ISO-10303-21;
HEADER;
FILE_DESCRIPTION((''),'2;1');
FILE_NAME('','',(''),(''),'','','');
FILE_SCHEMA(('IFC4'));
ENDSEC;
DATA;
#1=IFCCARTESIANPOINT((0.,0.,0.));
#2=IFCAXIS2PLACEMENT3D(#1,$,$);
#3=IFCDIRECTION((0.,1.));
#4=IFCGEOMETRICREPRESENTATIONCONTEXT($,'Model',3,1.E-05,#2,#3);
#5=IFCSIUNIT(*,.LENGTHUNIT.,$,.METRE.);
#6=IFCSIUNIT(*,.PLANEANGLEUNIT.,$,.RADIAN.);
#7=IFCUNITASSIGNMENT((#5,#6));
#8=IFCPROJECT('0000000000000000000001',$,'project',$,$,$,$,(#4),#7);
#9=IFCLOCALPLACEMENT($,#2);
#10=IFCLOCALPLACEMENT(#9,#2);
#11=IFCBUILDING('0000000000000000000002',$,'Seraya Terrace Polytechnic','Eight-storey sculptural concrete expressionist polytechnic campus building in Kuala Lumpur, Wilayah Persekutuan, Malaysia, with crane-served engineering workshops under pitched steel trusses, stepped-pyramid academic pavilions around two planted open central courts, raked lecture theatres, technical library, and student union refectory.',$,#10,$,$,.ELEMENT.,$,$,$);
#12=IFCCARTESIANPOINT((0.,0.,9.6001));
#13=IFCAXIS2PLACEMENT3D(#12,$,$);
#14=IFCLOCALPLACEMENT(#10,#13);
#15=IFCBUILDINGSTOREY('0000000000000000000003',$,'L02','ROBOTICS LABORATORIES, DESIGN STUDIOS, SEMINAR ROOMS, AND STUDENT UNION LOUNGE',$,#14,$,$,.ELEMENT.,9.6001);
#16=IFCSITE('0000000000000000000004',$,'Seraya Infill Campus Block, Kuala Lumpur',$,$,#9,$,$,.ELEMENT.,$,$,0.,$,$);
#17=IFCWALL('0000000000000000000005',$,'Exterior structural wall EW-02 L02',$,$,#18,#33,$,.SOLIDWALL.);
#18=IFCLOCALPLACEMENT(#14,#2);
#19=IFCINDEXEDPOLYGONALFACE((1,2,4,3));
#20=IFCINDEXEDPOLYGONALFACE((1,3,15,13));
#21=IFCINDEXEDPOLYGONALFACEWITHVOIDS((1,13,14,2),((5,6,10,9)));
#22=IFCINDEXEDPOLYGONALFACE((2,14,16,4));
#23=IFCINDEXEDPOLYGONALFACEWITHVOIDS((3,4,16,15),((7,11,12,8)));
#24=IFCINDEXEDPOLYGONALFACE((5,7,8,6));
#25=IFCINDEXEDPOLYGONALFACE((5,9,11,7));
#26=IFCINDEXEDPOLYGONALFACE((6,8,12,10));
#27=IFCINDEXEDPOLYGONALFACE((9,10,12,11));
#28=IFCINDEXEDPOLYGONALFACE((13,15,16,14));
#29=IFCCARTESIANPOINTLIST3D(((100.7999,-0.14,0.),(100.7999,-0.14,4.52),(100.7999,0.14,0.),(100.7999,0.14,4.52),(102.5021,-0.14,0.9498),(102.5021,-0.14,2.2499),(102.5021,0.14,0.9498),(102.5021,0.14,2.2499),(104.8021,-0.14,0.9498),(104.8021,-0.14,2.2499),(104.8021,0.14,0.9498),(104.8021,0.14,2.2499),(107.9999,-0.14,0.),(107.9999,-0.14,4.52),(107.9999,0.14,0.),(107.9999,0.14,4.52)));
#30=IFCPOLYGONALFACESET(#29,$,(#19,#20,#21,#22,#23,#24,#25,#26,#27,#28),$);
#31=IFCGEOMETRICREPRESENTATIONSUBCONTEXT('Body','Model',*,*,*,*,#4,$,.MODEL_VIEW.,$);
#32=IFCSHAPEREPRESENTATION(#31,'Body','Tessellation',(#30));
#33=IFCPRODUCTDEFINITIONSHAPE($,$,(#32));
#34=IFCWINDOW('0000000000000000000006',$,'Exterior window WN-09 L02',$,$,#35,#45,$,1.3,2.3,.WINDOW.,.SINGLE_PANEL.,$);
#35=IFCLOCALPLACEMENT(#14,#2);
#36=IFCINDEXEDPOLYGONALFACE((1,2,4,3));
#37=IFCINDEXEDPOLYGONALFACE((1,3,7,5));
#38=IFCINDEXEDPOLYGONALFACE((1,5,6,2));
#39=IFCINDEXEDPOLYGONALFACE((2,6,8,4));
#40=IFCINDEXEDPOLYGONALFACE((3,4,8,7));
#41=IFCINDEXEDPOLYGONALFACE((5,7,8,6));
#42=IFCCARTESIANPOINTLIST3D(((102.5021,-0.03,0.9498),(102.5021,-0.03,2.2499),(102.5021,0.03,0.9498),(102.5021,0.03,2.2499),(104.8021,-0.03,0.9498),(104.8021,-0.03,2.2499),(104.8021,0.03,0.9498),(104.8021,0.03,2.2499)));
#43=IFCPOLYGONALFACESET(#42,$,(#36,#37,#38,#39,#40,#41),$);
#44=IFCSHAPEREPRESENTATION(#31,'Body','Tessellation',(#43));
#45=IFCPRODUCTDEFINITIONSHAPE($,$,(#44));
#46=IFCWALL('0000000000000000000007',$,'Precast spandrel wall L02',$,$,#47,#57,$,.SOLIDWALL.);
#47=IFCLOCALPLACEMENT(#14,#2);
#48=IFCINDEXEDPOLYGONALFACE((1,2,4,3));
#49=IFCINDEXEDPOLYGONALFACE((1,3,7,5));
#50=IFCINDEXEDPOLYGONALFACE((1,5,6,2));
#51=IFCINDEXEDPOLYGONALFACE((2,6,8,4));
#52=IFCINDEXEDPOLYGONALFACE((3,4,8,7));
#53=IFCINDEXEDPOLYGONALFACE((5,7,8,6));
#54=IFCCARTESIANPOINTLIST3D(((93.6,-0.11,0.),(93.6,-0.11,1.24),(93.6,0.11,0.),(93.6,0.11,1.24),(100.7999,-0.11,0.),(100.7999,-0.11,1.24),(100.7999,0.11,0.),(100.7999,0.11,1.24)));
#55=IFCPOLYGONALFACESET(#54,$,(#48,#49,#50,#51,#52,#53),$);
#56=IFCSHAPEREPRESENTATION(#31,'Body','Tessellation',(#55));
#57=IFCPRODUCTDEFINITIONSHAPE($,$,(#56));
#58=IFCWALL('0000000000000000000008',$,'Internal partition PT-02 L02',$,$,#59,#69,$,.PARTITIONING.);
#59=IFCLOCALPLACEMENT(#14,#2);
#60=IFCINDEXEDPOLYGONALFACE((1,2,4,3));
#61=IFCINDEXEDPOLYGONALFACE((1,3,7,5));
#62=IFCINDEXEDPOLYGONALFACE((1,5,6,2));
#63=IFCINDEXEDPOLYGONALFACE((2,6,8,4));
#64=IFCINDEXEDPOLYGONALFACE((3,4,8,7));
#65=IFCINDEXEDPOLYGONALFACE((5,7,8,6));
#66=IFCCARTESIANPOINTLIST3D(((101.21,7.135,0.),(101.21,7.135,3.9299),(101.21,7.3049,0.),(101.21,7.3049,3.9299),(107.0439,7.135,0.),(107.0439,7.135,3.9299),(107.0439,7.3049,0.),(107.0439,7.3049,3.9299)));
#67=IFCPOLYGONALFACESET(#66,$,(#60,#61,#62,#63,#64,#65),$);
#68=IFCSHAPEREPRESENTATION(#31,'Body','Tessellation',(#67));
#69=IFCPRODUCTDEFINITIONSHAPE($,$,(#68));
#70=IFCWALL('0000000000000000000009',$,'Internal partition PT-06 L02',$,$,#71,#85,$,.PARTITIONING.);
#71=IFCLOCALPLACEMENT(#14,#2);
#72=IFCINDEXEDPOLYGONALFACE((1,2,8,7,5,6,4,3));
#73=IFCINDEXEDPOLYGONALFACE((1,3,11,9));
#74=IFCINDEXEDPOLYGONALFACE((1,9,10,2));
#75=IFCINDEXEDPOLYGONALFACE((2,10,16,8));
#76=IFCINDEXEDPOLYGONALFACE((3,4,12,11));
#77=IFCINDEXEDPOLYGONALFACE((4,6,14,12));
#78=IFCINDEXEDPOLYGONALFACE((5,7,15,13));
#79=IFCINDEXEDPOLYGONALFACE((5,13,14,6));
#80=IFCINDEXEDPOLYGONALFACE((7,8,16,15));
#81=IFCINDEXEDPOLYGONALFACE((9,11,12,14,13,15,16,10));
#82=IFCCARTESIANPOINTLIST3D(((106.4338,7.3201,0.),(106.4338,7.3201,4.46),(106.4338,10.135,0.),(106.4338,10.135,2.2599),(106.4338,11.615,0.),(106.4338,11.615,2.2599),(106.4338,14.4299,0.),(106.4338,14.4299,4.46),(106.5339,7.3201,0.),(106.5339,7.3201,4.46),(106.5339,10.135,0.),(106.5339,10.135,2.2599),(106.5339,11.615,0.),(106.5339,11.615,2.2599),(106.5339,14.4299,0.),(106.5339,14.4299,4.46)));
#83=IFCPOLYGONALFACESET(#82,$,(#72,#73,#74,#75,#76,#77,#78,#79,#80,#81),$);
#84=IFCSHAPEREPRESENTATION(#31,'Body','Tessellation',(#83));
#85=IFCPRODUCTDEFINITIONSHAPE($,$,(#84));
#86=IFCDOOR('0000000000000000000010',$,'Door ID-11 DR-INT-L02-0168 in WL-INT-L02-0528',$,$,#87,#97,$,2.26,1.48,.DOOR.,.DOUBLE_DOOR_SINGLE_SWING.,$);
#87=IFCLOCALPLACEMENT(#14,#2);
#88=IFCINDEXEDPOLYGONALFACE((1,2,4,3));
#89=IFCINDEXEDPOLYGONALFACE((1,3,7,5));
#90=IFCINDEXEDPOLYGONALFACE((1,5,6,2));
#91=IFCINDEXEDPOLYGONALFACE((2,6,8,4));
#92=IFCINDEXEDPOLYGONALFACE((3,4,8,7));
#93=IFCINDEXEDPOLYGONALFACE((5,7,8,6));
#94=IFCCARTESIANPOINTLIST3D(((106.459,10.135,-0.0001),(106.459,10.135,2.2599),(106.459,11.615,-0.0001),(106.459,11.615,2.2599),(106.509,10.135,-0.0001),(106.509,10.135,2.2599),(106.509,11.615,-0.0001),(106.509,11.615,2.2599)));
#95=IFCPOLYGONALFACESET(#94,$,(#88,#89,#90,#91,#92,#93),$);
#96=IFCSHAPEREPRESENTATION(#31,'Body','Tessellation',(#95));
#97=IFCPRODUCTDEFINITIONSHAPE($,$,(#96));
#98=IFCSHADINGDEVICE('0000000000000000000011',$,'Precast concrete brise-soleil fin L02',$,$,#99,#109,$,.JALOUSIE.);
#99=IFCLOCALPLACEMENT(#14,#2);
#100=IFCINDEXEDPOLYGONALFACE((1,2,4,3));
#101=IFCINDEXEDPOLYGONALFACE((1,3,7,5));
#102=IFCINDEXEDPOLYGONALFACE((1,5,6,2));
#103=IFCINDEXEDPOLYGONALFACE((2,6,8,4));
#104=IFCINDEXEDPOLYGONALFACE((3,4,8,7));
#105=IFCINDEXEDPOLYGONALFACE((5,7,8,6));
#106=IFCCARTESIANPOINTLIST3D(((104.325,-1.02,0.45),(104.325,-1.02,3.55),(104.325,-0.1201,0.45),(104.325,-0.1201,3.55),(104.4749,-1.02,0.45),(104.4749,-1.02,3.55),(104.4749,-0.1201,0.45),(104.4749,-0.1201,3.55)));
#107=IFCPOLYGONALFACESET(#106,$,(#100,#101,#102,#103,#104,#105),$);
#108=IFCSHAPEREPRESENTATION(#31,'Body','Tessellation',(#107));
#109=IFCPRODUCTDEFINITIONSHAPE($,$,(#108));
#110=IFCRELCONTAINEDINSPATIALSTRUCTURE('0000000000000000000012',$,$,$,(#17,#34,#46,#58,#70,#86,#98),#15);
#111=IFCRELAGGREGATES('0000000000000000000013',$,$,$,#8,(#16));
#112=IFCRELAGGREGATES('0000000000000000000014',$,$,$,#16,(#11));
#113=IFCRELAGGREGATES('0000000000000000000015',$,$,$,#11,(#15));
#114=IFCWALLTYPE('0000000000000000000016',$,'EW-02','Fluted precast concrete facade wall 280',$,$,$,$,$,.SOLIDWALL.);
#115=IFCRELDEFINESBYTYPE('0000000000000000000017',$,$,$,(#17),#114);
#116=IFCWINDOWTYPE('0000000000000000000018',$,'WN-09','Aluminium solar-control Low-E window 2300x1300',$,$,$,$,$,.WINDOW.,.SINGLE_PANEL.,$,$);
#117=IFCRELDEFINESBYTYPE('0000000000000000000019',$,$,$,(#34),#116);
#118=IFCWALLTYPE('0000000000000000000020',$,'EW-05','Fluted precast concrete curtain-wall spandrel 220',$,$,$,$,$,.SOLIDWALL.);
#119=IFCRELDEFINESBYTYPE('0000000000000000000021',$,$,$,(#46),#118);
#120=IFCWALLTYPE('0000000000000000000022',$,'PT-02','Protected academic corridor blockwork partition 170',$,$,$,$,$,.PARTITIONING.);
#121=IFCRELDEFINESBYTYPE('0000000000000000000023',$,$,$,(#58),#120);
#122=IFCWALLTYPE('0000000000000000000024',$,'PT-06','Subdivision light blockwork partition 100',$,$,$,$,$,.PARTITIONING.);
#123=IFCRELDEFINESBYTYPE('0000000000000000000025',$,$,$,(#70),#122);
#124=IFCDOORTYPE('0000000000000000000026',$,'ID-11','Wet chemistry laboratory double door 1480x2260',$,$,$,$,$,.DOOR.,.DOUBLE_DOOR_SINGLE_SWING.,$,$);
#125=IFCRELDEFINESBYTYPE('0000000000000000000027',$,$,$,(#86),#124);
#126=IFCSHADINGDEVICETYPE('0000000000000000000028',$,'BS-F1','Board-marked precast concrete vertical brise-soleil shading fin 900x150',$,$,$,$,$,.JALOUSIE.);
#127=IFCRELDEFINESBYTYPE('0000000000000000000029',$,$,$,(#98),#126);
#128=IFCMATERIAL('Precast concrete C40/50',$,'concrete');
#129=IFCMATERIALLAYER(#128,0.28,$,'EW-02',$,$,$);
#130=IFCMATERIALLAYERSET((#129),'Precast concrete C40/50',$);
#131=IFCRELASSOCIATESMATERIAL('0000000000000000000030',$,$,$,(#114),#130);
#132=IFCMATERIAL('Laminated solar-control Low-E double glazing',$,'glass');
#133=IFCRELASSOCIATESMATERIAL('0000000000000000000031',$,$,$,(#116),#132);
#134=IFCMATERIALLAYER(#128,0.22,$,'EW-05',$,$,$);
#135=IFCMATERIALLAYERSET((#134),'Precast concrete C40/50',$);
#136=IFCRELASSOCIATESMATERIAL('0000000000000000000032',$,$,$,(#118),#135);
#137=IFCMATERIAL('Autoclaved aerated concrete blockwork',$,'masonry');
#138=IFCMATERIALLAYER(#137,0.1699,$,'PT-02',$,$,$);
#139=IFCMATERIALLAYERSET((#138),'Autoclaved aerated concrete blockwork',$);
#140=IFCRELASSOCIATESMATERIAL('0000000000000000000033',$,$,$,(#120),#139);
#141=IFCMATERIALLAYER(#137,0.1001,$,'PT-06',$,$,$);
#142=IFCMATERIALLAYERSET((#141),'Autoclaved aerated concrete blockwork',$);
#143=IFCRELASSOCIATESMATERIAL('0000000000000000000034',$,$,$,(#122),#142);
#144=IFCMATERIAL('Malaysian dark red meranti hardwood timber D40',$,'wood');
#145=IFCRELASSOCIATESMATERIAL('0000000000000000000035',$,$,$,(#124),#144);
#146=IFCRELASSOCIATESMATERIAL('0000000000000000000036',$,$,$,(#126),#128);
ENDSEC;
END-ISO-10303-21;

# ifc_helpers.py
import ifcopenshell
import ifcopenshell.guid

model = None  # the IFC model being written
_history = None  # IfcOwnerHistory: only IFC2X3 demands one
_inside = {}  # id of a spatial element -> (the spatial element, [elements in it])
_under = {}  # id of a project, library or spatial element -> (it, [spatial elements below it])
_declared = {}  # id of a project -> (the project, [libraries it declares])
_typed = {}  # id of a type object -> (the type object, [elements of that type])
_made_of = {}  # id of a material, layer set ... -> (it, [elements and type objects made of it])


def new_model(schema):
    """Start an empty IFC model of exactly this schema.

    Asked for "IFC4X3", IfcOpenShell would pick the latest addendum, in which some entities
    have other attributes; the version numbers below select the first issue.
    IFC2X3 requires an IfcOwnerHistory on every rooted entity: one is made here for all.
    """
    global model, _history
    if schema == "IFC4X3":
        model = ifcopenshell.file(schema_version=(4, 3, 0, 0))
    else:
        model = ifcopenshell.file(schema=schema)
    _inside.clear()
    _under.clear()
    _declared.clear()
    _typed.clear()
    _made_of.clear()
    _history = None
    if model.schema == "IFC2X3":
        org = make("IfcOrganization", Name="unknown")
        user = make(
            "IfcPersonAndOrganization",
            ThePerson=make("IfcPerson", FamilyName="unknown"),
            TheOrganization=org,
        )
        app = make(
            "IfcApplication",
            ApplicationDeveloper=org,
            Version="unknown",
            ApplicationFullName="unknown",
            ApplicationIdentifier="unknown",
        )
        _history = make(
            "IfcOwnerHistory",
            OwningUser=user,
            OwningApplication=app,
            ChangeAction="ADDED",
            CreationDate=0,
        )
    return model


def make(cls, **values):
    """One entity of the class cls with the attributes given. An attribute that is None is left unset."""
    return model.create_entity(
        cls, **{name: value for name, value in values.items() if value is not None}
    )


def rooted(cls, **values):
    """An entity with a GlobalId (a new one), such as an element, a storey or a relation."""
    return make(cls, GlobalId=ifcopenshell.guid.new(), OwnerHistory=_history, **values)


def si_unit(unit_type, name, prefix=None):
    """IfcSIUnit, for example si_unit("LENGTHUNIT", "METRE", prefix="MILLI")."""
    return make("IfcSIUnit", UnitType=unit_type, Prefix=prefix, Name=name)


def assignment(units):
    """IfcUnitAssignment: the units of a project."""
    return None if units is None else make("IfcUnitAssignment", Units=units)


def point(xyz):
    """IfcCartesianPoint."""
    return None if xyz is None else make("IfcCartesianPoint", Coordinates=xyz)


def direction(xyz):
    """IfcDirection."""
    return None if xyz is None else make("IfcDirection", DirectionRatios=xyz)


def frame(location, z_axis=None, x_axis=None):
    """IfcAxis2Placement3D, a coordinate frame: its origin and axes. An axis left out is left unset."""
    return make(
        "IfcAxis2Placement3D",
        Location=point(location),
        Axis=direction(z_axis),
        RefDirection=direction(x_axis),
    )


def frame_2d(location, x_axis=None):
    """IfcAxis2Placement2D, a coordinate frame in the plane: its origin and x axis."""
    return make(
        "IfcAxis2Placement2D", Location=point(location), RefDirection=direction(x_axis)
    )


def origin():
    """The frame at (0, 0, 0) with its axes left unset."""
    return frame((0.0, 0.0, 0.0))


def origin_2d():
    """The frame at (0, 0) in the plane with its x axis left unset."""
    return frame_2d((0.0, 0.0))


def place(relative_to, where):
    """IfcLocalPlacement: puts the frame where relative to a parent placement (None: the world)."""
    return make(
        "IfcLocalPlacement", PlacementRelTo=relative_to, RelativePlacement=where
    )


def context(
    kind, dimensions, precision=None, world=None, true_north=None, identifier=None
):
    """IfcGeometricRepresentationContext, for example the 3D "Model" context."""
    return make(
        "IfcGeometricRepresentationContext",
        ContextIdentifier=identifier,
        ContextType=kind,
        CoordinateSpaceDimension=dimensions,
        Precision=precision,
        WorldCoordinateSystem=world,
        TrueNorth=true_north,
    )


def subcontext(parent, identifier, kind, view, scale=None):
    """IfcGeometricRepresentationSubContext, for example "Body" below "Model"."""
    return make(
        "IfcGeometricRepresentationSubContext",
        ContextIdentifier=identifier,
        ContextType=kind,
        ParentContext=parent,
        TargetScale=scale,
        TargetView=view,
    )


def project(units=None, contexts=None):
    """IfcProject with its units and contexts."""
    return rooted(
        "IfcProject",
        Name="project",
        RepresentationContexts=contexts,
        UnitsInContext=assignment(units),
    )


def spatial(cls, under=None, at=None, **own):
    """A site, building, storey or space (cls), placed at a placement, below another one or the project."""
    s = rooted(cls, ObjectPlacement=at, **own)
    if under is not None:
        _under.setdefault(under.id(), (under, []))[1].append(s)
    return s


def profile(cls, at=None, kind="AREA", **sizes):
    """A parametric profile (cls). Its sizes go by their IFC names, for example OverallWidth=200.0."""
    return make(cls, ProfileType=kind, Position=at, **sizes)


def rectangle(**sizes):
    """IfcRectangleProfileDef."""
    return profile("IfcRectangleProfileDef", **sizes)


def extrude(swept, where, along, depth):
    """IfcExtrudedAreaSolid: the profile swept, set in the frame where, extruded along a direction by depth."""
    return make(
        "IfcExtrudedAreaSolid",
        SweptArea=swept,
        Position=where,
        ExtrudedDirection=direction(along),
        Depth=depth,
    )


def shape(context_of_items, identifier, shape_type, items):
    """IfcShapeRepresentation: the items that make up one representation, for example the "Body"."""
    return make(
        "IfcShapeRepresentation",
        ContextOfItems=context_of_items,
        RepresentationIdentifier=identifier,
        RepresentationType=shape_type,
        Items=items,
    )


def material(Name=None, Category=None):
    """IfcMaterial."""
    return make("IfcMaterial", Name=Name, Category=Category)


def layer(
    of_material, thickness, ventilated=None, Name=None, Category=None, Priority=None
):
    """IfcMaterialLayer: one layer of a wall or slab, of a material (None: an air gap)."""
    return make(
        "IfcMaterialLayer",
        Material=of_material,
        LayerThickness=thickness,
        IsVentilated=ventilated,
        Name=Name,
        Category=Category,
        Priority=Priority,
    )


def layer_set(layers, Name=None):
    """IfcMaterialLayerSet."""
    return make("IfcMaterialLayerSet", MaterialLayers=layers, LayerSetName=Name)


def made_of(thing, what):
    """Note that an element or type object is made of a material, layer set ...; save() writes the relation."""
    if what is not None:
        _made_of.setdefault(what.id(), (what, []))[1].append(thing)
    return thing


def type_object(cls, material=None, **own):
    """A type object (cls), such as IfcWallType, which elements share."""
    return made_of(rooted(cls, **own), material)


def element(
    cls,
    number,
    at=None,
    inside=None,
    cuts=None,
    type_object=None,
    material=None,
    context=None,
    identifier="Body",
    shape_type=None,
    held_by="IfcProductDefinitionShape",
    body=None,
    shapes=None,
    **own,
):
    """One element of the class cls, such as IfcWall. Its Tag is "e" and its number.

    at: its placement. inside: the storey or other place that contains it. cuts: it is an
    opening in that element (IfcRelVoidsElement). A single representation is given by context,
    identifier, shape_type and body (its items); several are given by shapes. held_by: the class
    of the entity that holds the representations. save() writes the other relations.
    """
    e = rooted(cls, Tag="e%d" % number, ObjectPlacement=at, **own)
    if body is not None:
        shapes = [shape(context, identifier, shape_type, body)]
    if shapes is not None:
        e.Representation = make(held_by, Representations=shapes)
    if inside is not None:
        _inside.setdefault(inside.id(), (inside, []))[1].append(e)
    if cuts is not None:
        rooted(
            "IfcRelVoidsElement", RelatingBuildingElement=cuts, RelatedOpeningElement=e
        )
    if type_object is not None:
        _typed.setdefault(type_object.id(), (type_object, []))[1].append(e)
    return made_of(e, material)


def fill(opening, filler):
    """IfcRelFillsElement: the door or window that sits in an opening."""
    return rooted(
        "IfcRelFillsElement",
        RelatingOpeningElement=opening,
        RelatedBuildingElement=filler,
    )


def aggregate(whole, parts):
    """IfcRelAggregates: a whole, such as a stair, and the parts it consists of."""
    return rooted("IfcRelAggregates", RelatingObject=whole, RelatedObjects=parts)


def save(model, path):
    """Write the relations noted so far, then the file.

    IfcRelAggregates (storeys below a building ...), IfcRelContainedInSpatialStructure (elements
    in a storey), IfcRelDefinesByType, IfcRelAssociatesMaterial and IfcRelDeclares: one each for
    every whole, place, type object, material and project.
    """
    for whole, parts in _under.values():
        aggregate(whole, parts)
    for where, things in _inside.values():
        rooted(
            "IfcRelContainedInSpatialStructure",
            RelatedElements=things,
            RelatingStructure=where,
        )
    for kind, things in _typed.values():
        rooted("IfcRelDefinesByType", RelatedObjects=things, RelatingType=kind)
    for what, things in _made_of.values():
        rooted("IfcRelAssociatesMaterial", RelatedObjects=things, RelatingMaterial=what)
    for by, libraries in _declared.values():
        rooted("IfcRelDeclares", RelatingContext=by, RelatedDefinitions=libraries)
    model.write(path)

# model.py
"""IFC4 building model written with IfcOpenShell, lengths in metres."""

from ifc_helpers import new_model, si_unit, direction, frame, frame_2d, origin, origin_2d, place, context, subcontext, project, spatial, rectangle, extrude, material, layer, layer_set, type_object, element, fill, save


model = new_model("IFC4")

# Units and contexts
model_context = context("Model", 3, precision=1e-05, world=origin(), true_north=direction((0.0, 1.0)))
body_context = subcontext(model_context, "Body", "Model", "MODEL_VIEW")
ifc_project = project(units=[si_unit("LENGTHUNIT", "METRE"), si_unit("PLANEANGLEUNIT", "RADIAN")], contexts=[model_context])

# Site, building, storey
site_placement = place(None, origin())
site = spatial("IfcSite", under=ifc_project, at=site_placement, Name="Seraya Infill Campus Block, Kuala Lumpur", CompositionType="ELEMENT", RefElevation=0.0)
building_placement = place(site_placement, origin())
building = spatial("IfcBuilding", under=site, at=building_placement, Name="Seraya Terrace Polytechnic", Description="Eight-storey sculptural concrete expressionist polytechnic campus building in Kuala Lumpur, Wilayah Persekutuan, Malaysia, with crane-served engineering workshops under pitched steel trusses, stepped-pyramid academic pavilions around two planted open central courts, raked lecture theatres, technical library, and student union refectory.", CompositionType="ELEMENT")
storey_placement = place(building_placement, frame((0.0, 0.0, 9.6001)))
storey = spatial("IfcBuildingStorey", under=building, at=storey_placement, Name="L02", Description="ROBOTICS LABORATORIES, DESIGN STUDIOS, SEMINAR ROOMS, AND STUDENT UNION LOUNGE", CompositionType="ELEMENT", Elevation=9.6001)

# Shared definitions
ifc_material_1 = material(Name="Laminated solar-control Low-E double glazing", Category="glass")

# Wall, opening, window
ifc_material_2 = material(Name="Precast concrete C40/50", Category="concrete")
ifc_layer_1 = layer(ifc_material_2, 0.28, Name="EW-02")
ifc_layer_set_1 = layer_set([ifc_layer_1], Name="Precast concrete C40/50")
wall_type_1 = type_object("IfcWallType", Name="EW-02", Description="Fluted precast concrete facade wall 280", PredefinedType="SOLIDWALL", material=ifc_layer_set_1)
wall_1_placement = place(storey_placement, frame((108.0, 0.0, 0.0), z_axis=(0.0, 0.0, 1.0), x_axis=(-1.0, 0.0, 0.0)))
wall_1 = element("IfcWall", 1, at=wall_1_placement, inside=storey, type_object=wall_type_1, Name="Exterior structural wall EW-02 L02", PredefinedType="SOLIDWALL", context=body_context, shape_type="SweptSolid", body=[
    extrude(rectangle(XDim=7.2, YDim=0.28, at=frame_2d((3.6001, 0.0))), origin(), (0.0, 0.0, 1.0), 4.52),
])
opening_1_placement = place(wall_1_placement, frame((3.198, 0.0, 0.95)))
opening_1 = element("IfcOpeningElement", 2, at=opening_1_placement, cuts=wall_1, PredefinedType="OPENING", context=body_context, shape_type="SweptSolid", body=[
    extrude(rectangle(XDim=2.3, YDim=1.3, at=frame_2d((1.1499, 0.6499))), frame((0.0, 0.1519, 0.0), z_axis=(0.0, -1.0, 0.0), x_axis=(1.0, 0.0, 0.0)), (0.0, 0.0, 1.0), 0.304),
])
window_type = type_object("IfcWindowType", Name="WN-09", Description="Aluminium solar-control Low-E window 2300x1300", PartitioningType="SINGLE_PANEL", PredefinedType="WINDOW", material=ifc_material_1)
window_placement = place(opening_1_placement, origin())
window = element("IfcWindow", 3, at=window_placement, inside=storey, type_object=window_type, Name="Exterior window WN-09 L02", OverallHeight=1.3, OverallWidth=2.3, PartitioningType="SINGLE_PANEL", PredefinedType="WINDOW", context=body_context, shape_type="SweptSolid", body=[
    extrude(rectangle(XDim=2.3, YDim=1.3, at=frame_2d((1.1499, 0.6499))), frame((0.0, 0.03, 0.0), z_axis=(0.0, -1.0, 0.0), x_axis=(1.0, 0.0, 0.0)), (0.0, 0.0, 1.0), 0.0601),
])
fill(opening_1, window)

# Walls
ifc_layer_2 = layer(ifc_material_2, 0.22, Name="EW-05")
ifc_layer_set_2 = layer_set([ifc_layer_2], Name="Precast concrete C40/50")
wall_type_2 = type_object("IfcWallType", Name="EW-05", Description="Fluted precast concrete curtain-wall spandrel 220", PredefinedType="SOLIDWALL", material=ifc_layer_set_2)
wall_2_placement = place(storey_placement, frame((100.8, 0.0, 0.0), z_axis=(0.0, 0.0, 1.0), x_axis=(-1.0, 0.0, 0.0)))
element("IfcWall", 4, at=wall_2_placement, inside=storey, type_object=wall_type_2, Name="Precast spandrel wall L02", PredefinedType="SOLIDWALL", context=body_context, shape_type="SweptSolid", body=[
    extrude(rectangle(XDim=7.2, YDim=0.22, at=frame_2d((3.6001, 0.0))), origin(), (0.0, 0.0, 1.0), 1.24),
])
ifc_material_3 = material(Name="Autoclaved aerated concrete blockwork", Category="masonry")
ifc_layer_3 = layer(ifc_material_3, 0.1699, Name="PT-02")
ifc_layer_set_3 = layer_set([ifc_layer_3], Name="Autoclaved aerated concrete blockwork")
wall_type_3 = type_object("IfcWallType", Name="PT-02", Description="Protected academic corridor blockwork partition 170", PredefinedType="PARTITIONING", material=ifc_layer_set_3)
wall_3_placement = place(storey_placement, frame((101.21, 7.22, 0.0), z_axis=(0.0, 0.0, 1.0), x_axis=(1.0, 0.0, 0.0)))
element("IfcWall", 5, at=wall_3_placement, inside=storey, type_object=wall_type_3, Name="Internal partition PT-02 L02", PredefinedType="PARTITIONING", context=body_context, shape_type="SweptSolid", body=[
    extrude(rectangle(XDim=5.834, YDim=0.1699, at=frame_2d((2.917, 0.0))), origin(), (0.0, 0.0, 1.0), 3.9299),
])

# Wall, opening, door
ifc_layer_4 = layer(ifc_material_3, 0.1001, Name="PT-06")
ifc_layer_set_4 = layer_set([ifc_layer_4], Name="Autoclaved aerated concrete blockwork")
wall_type_4 = type_object("IfcWallType", Name="PT-06", Description="Subdivision light blockwork partition 100", PredefinedType="PARTITIONING", material=ifc_layer_set_4)
wall_4_placement = place(storey_placement, frame((106.4839, 7.3201, 0.0), z_axis=(0.0, 0.0, 1.0), x_axis=(0.0, 1.0, 0.0)))
wall_4 = element("IfcWall", 6, at=wall_4_placement, inside=storey, type_object=wall_type_4, Name="Internal partition PT-06 L02", PredefinedType="PARTITIONING", context=body_context, shape_type="SweptSolid", body=[
    extrude(rectangle(XDim=7.1099, YDim=0.1001, at=frame_2d((3.5549, 0.0))), origin(), (0.0, 0.0, 1.0), 4.46),
])
opening_2_placement = place(wall_4_placement, frame((2.8149, 0.0, 0.0)))
opening_2 = element("IfcOpeningElement", 7, at=opening_2_placement, cuts=wall_4, PredefinedType="OPENING", context=body_context, shape_type="SweptSolid", body=[
    extrude(rectangle(XDim=1.48, YDim=2.26, at=frame_2d((0.74, 1.1299))), frame((0.0, 0.062, 0.0), z_axis=(0.0, -1.0, 0.0), x_axis=(1.0, 0.0, 0.0)), (0.0, 0.0, 1.0), 0.124),
])
ifc_material_4 = material(Name="Malaysian dark red meranti hardwood timber D40", Category="wood")
door_type = type_object("IfcDoorType", Name="ID-11", Description="Wet chemistry laboratory double door 1480x2260", OperationType="DOUBLE_DOOR_SINGLE_SWING", PredefinedType="DOOR", material=ifc_material_4)
door_placement = place(opening_2_placement, origin())
door = element("IfcDoor", 8, at=door_placement, inside=storey, type_object=door_type, Name="Door ID-11 DR-INT-L02-0168 in WL-INT-L02-0528", OperationType="DOUBLE_DOOR_SINGLE_SWING", OverallHeight=2.26, OverallWidth=1.48, PredefinedType="DOOR", context=body_context, shape_type="SweptSolid", body=[
    extrude(rectangle(XDim=1.48, YDim=2.26, at=frame_2d((0.74, 1.1299))), frame((0.0, 0.0249, 0.0), z_axis=(0.0, -1.0, 0.0), x_axis=(1.0, 0.0, 0.0)), (0.0, 0.0, 1.0), 0.05),
])
fill(opening_2, door)

# Shading device
shading_device_type = type_object("IfcShadingDeviceType", Name="BS-F1", Description="Board-marked precast concrete vertical brise-soleil shading fin 900x150", PredefinedType="JALOUSIE", material=ifc_material_2)
shading_device_placement = place(storey_placement, frame((104.3999, -0.5701, 0.45), z_axis=(0.0, 0.0, 1.0), x_axis=(0.0, -1.0, 0.0)))
element("IfcShadingDevice", 9, at=shading_device_placement, inside=storey, type_object=shading_device_type, Name="Precast concrete brise-soleil fin L02", PredefinedType="JALOUSIE", context=body_context, shape_type="SweptSolid", body=[
    extrude(rectangle(XDim=0.8999, YDim=0.1499, at=origin_2d()), origin(), (0.0, 0.0, 1.0), 3.1001),
])

save(model, "model.ifc")
